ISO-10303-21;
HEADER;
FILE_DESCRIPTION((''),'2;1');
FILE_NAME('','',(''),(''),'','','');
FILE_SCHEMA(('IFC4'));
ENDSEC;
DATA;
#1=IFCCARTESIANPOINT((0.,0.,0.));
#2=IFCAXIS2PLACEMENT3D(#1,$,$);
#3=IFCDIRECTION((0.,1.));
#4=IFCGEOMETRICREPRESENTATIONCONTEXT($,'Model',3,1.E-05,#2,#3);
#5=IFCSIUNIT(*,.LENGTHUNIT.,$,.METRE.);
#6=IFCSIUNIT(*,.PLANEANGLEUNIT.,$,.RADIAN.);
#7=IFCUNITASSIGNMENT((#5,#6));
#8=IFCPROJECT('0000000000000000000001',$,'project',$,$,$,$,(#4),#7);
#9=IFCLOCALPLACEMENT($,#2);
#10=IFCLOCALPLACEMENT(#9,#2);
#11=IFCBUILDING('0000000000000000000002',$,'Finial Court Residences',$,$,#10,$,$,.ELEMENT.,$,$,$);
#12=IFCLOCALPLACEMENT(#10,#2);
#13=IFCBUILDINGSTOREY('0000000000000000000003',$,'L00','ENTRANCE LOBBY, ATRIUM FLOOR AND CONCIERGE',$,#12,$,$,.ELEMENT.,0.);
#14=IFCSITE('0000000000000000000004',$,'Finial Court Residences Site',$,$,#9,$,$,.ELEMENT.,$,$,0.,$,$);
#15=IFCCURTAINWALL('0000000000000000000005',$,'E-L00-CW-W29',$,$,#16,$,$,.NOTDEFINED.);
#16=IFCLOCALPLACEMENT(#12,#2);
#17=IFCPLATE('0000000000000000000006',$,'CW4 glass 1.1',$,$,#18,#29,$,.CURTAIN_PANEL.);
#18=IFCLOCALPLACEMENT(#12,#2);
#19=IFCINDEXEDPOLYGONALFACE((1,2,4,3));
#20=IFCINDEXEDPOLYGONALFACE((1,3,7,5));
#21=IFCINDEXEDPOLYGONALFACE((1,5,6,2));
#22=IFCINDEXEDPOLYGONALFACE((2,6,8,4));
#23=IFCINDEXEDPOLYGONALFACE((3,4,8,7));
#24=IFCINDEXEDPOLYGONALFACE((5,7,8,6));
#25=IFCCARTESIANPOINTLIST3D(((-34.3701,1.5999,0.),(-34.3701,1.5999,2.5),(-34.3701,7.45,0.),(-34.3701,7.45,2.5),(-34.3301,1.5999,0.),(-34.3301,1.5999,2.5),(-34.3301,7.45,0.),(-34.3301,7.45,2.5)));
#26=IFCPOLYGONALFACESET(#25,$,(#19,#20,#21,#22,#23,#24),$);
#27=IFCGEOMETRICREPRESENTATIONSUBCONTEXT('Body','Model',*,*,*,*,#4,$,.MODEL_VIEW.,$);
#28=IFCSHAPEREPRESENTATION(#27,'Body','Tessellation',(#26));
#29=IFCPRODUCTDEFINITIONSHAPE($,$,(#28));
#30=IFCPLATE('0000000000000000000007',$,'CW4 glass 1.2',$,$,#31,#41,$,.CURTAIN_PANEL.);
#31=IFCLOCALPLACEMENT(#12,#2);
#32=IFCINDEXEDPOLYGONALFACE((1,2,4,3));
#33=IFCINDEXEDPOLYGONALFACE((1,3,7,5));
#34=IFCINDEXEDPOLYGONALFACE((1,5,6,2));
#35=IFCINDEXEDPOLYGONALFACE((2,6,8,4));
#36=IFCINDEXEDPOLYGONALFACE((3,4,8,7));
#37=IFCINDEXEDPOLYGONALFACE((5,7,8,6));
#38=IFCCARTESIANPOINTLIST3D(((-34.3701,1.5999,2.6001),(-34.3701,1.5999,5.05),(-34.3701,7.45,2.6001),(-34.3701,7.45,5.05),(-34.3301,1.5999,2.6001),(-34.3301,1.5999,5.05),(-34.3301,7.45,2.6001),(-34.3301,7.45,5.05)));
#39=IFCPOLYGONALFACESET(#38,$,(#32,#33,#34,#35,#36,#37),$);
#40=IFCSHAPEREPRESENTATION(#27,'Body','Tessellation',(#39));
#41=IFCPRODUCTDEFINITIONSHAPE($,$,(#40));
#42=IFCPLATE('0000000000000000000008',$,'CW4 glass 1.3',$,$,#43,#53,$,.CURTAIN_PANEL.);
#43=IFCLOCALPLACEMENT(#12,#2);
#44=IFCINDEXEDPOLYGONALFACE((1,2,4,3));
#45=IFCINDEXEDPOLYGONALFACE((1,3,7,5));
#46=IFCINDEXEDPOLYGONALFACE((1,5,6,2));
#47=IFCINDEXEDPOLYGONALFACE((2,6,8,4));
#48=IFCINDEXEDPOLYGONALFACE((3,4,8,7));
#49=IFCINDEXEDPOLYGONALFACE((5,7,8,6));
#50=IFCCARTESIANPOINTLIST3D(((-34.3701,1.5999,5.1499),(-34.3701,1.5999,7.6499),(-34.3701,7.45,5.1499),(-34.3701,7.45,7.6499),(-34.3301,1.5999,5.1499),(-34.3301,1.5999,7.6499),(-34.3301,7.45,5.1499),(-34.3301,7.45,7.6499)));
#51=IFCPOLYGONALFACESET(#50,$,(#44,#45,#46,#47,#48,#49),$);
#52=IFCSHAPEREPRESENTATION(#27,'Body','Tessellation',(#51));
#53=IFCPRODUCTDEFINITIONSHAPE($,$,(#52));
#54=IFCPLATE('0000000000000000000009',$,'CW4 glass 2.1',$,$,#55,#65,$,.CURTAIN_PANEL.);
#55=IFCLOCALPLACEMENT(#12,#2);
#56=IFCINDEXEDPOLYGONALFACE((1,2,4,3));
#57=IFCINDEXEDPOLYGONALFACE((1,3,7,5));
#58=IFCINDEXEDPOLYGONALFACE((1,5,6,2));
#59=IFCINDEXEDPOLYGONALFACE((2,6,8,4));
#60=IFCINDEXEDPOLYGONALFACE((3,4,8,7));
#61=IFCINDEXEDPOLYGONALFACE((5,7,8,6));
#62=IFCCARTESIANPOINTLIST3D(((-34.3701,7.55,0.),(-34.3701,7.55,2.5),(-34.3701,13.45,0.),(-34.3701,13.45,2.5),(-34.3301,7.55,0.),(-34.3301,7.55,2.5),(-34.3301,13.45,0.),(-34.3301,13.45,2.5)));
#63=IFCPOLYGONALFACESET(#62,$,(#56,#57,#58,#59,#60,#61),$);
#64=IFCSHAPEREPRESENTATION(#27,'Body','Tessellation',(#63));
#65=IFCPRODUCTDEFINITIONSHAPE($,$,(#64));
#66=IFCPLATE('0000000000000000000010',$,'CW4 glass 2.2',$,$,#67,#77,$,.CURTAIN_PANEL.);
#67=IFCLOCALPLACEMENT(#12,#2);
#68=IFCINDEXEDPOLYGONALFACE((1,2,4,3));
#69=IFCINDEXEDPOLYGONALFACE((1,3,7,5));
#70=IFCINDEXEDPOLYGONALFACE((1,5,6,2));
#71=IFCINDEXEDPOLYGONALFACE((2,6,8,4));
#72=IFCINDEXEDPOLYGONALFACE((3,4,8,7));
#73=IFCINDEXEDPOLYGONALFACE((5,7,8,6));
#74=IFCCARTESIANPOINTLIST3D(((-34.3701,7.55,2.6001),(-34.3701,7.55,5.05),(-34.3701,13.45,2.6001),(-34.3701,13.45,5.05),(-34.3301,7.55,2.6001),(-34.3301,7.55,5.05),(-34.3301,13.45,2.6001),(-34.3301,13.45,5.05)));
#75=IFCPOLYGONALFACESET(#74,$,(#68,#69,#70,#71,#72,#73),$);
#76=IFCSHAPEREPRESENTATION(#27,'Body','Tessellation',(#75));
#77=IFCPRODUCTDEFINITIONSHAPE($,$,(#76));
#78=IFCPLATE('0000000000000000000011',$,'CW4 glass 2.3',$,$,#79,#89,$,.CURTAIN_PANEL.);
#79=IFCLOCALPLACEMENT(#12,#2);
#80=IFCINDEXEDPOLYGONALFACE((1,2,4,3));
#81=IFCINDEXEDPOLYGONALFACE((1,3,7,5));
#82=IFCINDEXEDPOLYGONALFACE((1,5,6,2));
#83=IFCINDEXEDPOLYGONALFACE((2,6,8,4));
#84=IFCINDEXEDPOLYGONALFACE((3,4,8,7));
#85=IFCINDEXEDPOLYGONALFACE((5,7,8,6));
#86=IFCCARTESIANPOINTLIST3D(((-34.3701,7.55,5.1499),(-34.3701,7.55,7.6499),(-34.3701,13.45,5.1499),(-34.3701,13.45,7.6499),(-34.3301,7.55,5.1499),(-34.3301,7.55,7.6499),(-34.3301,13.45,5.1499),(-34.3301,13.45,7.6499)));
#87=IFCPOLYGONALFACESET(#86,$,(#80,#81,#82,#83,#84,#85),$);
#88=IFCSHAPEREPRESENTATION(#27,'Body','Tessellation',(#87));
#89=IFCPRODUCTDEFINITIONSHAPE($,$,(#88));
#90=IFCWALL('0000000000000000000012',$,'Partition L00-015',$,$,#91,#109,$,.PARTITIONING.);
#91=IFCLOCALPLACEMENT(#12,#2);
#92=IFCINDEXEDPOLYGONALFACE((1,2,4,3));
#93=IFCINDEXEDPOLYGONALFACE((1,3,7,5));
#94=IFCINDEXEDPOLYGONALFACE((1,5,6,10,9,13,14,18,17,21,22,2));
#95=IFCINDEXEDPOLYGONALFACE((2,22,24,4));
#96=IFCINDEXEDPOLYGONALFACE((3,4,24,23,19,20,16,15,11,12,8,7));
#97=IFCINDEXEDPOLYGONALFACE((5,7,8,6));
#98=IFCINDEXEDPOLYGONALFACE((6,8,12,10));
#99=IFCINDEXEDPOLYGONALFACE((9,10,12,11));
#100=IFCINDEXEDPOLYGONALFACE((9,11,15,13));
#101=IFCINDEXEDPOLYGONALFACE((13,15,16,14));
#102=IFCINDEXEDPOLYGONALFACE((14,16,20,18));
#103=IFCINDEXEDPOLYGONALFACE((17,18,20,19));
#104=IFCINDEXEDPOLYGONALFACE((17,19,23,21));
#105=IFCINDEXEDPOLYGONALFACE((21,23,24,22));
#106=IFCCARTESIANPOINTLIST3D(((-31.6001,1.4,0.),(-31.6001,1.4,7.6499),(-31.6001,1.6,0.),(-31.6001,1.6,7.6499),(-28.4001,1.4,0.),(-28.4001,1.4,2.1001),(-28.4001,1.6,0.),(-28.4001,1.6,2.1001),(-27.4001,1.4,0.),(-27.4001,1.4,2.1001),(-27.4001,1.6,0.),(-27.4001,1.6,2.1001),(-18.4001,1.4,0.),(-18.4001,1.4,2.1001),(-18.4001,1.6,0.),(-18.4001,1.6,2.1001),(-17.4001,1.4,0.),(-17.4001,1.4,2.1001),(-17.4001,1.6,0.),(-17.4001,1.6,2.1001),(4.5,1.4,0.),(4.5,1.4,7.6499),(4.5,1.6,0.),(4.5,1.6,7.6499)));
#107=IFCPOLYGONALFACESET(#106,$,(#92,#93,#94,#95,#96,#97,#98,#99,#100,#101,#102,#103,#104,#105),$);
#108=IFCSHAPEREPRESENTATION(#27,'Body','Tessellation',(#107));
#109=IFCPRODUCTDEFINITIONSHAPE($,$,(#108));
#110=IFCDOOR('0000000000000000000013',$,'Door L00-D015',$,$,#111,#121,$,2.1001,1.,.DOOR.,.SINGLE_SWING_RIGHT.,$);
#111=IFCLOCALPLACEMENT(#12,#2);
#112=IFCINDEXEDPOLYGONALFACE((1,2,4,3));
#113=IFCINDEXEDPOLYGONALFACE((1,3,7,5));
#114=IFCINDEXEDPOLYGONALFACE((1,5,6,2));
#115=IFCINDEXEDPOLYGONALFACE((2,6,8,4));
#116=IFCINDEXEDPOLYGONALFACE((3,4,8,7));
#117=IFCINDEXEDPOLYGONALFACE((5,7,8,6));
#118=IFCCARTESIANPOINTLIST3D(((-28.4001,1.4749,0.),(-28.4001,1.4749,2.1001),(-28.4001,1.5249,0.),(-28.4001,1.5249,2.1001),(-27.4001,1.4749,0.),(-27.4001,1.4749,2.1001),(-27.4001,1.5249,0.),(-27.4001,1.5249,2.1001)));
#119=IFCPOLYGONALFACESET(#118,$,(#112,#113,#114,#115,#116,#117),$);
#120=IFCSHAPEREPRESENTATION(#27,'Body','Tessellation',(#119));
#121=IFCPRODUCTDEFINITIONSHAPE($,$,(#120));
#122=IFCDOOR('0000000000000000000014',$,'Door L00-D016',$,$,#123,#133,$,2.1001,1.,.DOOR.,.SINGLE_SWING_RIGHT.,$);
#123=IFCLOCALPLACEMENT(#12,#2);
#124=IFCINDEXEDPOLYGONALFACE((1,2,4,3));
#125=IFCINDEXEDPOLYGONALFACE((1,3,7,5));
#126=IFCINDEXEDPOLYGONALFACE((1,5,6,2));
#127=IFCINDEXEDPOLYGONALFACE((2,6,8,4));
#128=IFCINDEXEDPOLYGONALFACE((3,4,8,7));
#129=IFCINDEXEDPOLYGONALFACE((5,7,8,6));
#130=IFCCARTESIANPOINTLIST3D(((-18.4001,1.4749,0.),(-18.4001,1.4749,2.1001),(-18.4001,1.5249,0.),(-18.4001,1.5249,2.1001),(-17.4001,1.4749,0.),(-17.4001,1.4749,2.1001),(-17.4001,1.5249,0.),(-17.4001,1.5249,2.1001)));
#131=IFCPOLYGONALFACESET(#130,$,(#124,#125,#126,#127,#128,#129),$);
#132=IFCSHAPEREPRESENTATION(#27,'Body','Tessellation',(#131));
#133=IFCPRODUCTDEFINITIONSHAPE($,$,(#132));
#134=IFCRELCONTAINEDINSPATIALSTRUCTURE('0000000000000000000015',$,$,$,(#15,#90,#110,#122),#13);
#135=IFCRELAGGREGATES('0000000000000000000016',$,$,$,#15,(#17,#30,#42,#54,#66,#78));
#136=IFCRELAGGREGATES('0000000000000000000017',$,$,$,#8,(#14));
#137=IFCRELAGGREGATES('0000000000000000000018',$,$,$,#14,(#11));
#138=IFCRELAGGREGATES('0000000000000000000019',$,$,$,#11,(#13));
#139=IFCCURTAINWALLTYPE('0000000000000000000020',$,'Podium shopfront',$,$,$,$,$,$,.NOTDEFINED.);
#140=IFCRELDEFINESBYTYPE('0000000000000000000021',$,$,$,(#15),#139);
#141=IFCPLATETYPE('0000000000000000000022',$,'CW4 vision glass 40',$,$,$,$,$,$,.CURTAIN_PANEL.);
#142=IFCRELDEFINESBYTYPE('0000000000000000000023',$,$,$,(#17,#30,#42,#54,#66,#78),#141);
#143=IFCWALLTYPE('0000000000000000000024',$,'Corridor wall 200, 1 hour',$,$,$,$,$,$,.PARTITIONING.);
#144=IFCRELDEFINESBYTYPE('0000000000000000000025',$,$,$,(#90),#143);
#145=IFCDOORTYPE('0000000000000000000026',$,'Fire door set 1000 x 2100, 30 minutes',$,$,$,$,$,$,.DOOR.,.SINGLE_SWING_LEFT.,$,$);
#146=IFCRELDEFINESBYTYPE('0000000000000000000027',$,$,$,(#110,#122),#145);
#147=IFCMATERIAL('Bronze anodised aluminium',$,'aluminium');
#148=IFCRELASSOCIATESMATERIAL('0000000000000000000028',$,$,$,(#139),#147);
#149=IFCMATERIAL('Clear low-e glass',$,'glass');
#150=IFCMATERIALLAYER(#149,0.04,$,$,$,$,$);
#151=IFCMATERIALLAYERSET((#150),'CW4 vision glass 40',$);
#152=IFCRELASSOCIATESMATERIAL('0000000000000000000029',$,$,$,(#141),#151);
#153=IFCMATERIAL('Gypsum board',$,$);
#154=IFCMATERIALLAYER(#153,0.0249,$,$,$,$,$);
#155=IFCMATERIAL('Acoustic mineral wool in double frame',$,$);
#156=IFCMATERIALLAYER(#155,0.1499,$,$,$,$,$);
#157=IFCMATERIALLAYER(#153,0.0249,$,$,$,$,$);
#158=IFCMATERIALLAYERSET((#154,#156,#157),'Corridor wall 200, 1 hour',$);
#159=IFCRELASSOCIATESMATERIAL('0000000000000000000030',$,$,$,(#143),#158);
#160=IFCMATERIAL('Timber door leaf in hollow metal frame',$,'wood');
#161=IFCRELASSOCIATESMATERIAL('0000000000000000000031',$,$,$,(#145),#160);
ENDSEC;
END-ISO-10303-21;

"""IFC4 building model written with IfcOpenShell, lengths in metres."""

from ifc_helpers import new_model, si_unit, direction, frame, frame_2d, origin, origin_2d, place, context, subcontext, project, spatial, rectangle, extrude, material, layer, layer_set, type_object, element, fill, aggregate, save


model = new_model("IFC4")

# Units and contexts
model_context = context("Model", 3, precision=1e-05, world=origin(), true_north=direction((0.0, 1.0)))
body_context = subcontext(model_context, "Body", "Model", "MODEL_VIEW")
ifc_project = project(units=[si_unit("LENGTHUNIT", "METRE"), si_unit("PLANEANGLEUNIT", "RADIAN")], contexts=[model_context])

# Site, building, storey
site_placement = place(None, origin())
site = spatial("IfcSite", under=ifc_project, at=site_placement, Name="Finial Court Residences Site", CompositionType="ELEMENT", RefElevation=0.0)
building_placement = place(site_placement, origin())
building = spatial("IfcBuilding", under=site, at=building_placement, Name="Finial Court Residences", CompositionType="ELEMENT")
storey_placement = place(building_placement, origin())
storey = spatial("IfcBuildingStorey", under=building, at=storey_placement, Name="L00", Description="ENTRANCE LOBBY, ATRIUM FLOOR AND CONCIERGE", CompositionType="ELEMENT", Elevation=0.0)

# Curtain wall, plates
ifc_material_1 = material(Name="Bronze anodised aluminium", Category="aluminium")
curtain_wall_type = type_object("IfcCurtainWallType", Name="Podium shopfront", PredefinedType="NOTDEFINED", material=ifc_material_1)
curtain_wall_placement = place(storey_placement, origin())
curtain_wall = element("IfcCurtainWall", 1, at=curtain_wall_placement, inside=storey, type_object=curtain_wall_type, Name="E-L00-CW-W29", PredefinedType="NOTDEFINED")
ifc_material_2 = material(Name="Clear low-e glass", Category="glass")
ifc_layer_1 = layer(ifc_material_2, 0.04)
ifc_layer_set_1 = layer_set([ifc_layer_1], Name="CW4 vision glass 40")
plate_type = type_object("IfcPlateType", Name="CW4 vision glass 40", PredefinedType="CURTAIN_PANEL", material=ifc_layer_set_1)
plate_1_placement = place(storey_placement, frame((-34.3501, 4.5249, 0.0), z_axis=(0.0, 0.0, 1.0), x_axis=(0.0, 1.0, 0.0)))
plate_1 = element("IfcPlate", 2, at=plate_1_placement, type_object=plate_type, Name="CW4 glass 1.1", PredefinedType="CURTAIN_PANEL", context=body_context, shape_type="SweptSolid", body=[
    extrude(rectangle(XDim=5.8501, YDim=0.04, at=origin_2d()), origin(), (0.0, 0.0, 1.0), 2.5),
])
plate_2_placement = place(storey_placement, frame((-34.3501, 4.5249, 2.6001), z_axis=(0.0, 0.0, 1.0), x_axis=(0.0, 1.0, 0.0)))
plate_2 = element("IfcPlate", 3, at=plate_2_placement, type_object=plate_type, Name="CW4 glass 1.2", PredefinedType="CURTAIN_PANEL", context=body_context, shape_type="SweptSolid", body=[
    extrude(rectangle(XDim=5.8501, YDim=0.04, at=origin_2d()), origin(), (0.0, 0.0, 1.0), 2.45),
])
plate_3_placement = place(storey_placement, frame((-34.3501, 4.5249, 5.1499), z_axis=(0.0, 0.0, 1.0), x_axis=(0.0, 1.0, 0.0)))
plate_3 = element("IfcPlate", 4, at=plate_3_placement, type_object=plate_type, Name="CW4 glass 1.3", PredefinedType="CURTAIN_PANEL", context=body_context, shape_type="SweptSolid", body=[
    extrude(rectangle(XDim=5.8501, YDim=0.04, at=origin_2d()), origin(), (0.0, 0.0, 1.0), 2.5),
])
plate_4_placement = place(storey_placement, frame((-34.3501, 10.5, 0.0), z_axis=(0.0, 0.0, 1.0), x_axis=(0.0, 1.0, 0.0)))
plate_4 = element("IfcPlate", 5, at=plate_4_placement, type_object=plate_type, Name="CW4 glass 2.1", PredefinedType="CURTAIN_PANEL", context=body_context, shape_type="SweptSolid", body=[
    extrude(rectangle(XDim=5.8999, YDim=0.04, at=origin_2d()), origin(), (0.0, 0.0, 1.0), 2.5),
])
plate_5_placement = place(storey_placement, frame((-34.3501, 10.5, 2.6001), z_axis=(0.0, 0.0, 1.0), x_axis=(0.0, 1.0, 0.0)))
plate_5 = element("IfcPlate", 6, at=plate_5_placement, type_object=plate_type, Name="CW4 glass 2.2", PredefinedType="CURTAIN_PANEL", context=body_context, shape_type="SweptSolid", body=[
    extrude(rectangle(XDim=5.8999, YDim=0.04, at=origin_2d()), origin(), (0.0, 0.0, 1.0), 2.45),
])
plate_6_placement = place(storey_placement, frame((-34.3501, 10.5, 5.1499), z_axis=(0.0, 0.0, 1.0), x_axis=(0.0, 1.0, 0.0)))
plate_6 = element("IfcPlate", 7, at=plate_6_placement, type_object=plate_type, Name="CW4 glass 2.3", PredefinedType="CURTAIN_PANEL", context=body_context, shape_type="SweptSolid", body=[
    extrude(rectangle(XDim=5.8999, YDim=0.04, at=origin_2d()), origin(), (0.0, 0.0, 1.0), 2.5),
])
aggregate(curtain_wall, [plate_1, plate_2, plate_3, plate_4, plate_5, plate_6])

# Wall, openings, doors
ifc_material_3 = material(Name="Gypsum board")
ifc_layer_2 = layer(ifc_material_3, 0.0249)
ifc_material_4 = material(Name="Acoustic mineral wool in double frame")
ifc_layer_3 = layer(ifc_material_4, 0.1499)
ifc_layer_4 = layer(ifc_material_3, 0.0249)
ifc_layer_set_2 = layer_set([ifc_layer_2, ifc_layer_3, ifc_layer_4], Name="Corridor wall 200, 1 hour")
wall_type_1 = type_object("IfcWallType", Name="Corridor wall 200, 1 hour", PredefinedType="PARTITIONING", material=ifc_layer_set_2)
wall_1_placement = place(storey_placement, frame((-31.6001, 1.5, 0.0), z_axis=(0.0, 0.0, 1.0), x_axis=(1.0, 0.0, 0.0)))
wall_1 = element("IfcWall", 8, at=wall_1_placement, inside=storey, type_object=wall_type_1, Name="Partition L00-015", PredefinedType="PARTITIONING", context=body_context, shape_type="SweptSolid", body=[
    extrude(rectangle(XDim=36.1001, YDim=0.2, at=frame_2d((18.05, 0.0))), origin(), (0.0, 0.0, 1.0), 7.6499),
])
opening_1_placement = place(wall_1_placement, frame((3.2, 0.0, 0.0)))
opening_1 = element("IfcOpeningElement", 9, at=opening_1_placement, cuts=wall_1, PredefinedType="OPENING", context=body_context, shape_type="SweptSolid", body=[
    extrude(rectangle(XDim=1.0, YDim=2.1001, at=frame_2d((0.5, 1.05))), frame((0.0, 0.1099, 0.0), z_axis=(0.0, -1.0, 0.0), x_axis=(1.0, 0.0, 0.0)), (0.0, 0.0, 1.0), 0.22),
])
opening_2_placement = place(wall_1_placement, frame((13.2, 0.0, 0.0)))
opening_2 = element("IfcOpeningElement", 10, at=opening_2_placement, cuts=wall_1, PredefinedType="OPENING", context=body_context, shape_type="SweptSolid", body=[
    extrude(rectangle(XDim=1.0, YDim=2.1001, at=frame_2d((0.5, 1.05))), frame((0.0, 0.1099, 0.0), z_axis=(0.0, -1.0, 0.0), x_axis=(1.0, 0.0, 0.0)), (0.0, 0.0, 1.0), 0.22),
])
ifc_material_5 = material(Name="Timber door leaf in hollow metal frame", Category="wood")
door_type = type_object("IfcDoorType", Name="Fire door set 1000 x 2100, 30 minutes", OperationType="SINGLE_SWING_LEFT", PredefinedType="DOOR", material=ifc_material_5)
door_1_placement = place(opening_1_placement, origin())
door_1 = element("IfcDoor", 11, at=door_1_placement, inside=storey, type_object=door_type, Name="Door L00-D015", OperationType="SINGLE_SWING_RIGHT", OverallHeight=2.1001, OverallWidth=1.0, PredefinedType="DOOR", context=body_context, shape_type="SweptSolid", body=[
    extrude(rectangle(XDim=1.0, YDim=2.1001, at=frame_2d((0.5, 1.05))), frame((0.0, 0.0249, 0.0), z_axis=(0.0, -1.0, 0.0), x_axis=(1.0, 0.0, 0.0)), (0.0, 0.0, 1.0), 0.05),
])
fill(opening_1, door_1)
door_2_placement = place(opening_2_placement, origin())
door_2 = element("IfcDoor", 12, at=door_2_placement, inside=storey, type_object=door_type, Name="Door L00-D016", OperationType="SINGLE_SWING_RIGHT", OverallHeight=2.1001, OverallWidth=1.0, PredefinedType="DOOR", context=body_context, shape_type="SweptSolid", body=[
    extrude(rectangle(XDim=1.0, YDim=2.1001, at=frame_2d((0.5, 1.05))), frame((0.0, 0.0249, 0.0), z_axis=(0.0, -1.0, 0.0), x_axis=(1.0, 0.0, 0.0)), (0.0, 0.0, 1.0), 0.05),
])
fill(opening_2, door_2)

save(model, "model.ifc")
